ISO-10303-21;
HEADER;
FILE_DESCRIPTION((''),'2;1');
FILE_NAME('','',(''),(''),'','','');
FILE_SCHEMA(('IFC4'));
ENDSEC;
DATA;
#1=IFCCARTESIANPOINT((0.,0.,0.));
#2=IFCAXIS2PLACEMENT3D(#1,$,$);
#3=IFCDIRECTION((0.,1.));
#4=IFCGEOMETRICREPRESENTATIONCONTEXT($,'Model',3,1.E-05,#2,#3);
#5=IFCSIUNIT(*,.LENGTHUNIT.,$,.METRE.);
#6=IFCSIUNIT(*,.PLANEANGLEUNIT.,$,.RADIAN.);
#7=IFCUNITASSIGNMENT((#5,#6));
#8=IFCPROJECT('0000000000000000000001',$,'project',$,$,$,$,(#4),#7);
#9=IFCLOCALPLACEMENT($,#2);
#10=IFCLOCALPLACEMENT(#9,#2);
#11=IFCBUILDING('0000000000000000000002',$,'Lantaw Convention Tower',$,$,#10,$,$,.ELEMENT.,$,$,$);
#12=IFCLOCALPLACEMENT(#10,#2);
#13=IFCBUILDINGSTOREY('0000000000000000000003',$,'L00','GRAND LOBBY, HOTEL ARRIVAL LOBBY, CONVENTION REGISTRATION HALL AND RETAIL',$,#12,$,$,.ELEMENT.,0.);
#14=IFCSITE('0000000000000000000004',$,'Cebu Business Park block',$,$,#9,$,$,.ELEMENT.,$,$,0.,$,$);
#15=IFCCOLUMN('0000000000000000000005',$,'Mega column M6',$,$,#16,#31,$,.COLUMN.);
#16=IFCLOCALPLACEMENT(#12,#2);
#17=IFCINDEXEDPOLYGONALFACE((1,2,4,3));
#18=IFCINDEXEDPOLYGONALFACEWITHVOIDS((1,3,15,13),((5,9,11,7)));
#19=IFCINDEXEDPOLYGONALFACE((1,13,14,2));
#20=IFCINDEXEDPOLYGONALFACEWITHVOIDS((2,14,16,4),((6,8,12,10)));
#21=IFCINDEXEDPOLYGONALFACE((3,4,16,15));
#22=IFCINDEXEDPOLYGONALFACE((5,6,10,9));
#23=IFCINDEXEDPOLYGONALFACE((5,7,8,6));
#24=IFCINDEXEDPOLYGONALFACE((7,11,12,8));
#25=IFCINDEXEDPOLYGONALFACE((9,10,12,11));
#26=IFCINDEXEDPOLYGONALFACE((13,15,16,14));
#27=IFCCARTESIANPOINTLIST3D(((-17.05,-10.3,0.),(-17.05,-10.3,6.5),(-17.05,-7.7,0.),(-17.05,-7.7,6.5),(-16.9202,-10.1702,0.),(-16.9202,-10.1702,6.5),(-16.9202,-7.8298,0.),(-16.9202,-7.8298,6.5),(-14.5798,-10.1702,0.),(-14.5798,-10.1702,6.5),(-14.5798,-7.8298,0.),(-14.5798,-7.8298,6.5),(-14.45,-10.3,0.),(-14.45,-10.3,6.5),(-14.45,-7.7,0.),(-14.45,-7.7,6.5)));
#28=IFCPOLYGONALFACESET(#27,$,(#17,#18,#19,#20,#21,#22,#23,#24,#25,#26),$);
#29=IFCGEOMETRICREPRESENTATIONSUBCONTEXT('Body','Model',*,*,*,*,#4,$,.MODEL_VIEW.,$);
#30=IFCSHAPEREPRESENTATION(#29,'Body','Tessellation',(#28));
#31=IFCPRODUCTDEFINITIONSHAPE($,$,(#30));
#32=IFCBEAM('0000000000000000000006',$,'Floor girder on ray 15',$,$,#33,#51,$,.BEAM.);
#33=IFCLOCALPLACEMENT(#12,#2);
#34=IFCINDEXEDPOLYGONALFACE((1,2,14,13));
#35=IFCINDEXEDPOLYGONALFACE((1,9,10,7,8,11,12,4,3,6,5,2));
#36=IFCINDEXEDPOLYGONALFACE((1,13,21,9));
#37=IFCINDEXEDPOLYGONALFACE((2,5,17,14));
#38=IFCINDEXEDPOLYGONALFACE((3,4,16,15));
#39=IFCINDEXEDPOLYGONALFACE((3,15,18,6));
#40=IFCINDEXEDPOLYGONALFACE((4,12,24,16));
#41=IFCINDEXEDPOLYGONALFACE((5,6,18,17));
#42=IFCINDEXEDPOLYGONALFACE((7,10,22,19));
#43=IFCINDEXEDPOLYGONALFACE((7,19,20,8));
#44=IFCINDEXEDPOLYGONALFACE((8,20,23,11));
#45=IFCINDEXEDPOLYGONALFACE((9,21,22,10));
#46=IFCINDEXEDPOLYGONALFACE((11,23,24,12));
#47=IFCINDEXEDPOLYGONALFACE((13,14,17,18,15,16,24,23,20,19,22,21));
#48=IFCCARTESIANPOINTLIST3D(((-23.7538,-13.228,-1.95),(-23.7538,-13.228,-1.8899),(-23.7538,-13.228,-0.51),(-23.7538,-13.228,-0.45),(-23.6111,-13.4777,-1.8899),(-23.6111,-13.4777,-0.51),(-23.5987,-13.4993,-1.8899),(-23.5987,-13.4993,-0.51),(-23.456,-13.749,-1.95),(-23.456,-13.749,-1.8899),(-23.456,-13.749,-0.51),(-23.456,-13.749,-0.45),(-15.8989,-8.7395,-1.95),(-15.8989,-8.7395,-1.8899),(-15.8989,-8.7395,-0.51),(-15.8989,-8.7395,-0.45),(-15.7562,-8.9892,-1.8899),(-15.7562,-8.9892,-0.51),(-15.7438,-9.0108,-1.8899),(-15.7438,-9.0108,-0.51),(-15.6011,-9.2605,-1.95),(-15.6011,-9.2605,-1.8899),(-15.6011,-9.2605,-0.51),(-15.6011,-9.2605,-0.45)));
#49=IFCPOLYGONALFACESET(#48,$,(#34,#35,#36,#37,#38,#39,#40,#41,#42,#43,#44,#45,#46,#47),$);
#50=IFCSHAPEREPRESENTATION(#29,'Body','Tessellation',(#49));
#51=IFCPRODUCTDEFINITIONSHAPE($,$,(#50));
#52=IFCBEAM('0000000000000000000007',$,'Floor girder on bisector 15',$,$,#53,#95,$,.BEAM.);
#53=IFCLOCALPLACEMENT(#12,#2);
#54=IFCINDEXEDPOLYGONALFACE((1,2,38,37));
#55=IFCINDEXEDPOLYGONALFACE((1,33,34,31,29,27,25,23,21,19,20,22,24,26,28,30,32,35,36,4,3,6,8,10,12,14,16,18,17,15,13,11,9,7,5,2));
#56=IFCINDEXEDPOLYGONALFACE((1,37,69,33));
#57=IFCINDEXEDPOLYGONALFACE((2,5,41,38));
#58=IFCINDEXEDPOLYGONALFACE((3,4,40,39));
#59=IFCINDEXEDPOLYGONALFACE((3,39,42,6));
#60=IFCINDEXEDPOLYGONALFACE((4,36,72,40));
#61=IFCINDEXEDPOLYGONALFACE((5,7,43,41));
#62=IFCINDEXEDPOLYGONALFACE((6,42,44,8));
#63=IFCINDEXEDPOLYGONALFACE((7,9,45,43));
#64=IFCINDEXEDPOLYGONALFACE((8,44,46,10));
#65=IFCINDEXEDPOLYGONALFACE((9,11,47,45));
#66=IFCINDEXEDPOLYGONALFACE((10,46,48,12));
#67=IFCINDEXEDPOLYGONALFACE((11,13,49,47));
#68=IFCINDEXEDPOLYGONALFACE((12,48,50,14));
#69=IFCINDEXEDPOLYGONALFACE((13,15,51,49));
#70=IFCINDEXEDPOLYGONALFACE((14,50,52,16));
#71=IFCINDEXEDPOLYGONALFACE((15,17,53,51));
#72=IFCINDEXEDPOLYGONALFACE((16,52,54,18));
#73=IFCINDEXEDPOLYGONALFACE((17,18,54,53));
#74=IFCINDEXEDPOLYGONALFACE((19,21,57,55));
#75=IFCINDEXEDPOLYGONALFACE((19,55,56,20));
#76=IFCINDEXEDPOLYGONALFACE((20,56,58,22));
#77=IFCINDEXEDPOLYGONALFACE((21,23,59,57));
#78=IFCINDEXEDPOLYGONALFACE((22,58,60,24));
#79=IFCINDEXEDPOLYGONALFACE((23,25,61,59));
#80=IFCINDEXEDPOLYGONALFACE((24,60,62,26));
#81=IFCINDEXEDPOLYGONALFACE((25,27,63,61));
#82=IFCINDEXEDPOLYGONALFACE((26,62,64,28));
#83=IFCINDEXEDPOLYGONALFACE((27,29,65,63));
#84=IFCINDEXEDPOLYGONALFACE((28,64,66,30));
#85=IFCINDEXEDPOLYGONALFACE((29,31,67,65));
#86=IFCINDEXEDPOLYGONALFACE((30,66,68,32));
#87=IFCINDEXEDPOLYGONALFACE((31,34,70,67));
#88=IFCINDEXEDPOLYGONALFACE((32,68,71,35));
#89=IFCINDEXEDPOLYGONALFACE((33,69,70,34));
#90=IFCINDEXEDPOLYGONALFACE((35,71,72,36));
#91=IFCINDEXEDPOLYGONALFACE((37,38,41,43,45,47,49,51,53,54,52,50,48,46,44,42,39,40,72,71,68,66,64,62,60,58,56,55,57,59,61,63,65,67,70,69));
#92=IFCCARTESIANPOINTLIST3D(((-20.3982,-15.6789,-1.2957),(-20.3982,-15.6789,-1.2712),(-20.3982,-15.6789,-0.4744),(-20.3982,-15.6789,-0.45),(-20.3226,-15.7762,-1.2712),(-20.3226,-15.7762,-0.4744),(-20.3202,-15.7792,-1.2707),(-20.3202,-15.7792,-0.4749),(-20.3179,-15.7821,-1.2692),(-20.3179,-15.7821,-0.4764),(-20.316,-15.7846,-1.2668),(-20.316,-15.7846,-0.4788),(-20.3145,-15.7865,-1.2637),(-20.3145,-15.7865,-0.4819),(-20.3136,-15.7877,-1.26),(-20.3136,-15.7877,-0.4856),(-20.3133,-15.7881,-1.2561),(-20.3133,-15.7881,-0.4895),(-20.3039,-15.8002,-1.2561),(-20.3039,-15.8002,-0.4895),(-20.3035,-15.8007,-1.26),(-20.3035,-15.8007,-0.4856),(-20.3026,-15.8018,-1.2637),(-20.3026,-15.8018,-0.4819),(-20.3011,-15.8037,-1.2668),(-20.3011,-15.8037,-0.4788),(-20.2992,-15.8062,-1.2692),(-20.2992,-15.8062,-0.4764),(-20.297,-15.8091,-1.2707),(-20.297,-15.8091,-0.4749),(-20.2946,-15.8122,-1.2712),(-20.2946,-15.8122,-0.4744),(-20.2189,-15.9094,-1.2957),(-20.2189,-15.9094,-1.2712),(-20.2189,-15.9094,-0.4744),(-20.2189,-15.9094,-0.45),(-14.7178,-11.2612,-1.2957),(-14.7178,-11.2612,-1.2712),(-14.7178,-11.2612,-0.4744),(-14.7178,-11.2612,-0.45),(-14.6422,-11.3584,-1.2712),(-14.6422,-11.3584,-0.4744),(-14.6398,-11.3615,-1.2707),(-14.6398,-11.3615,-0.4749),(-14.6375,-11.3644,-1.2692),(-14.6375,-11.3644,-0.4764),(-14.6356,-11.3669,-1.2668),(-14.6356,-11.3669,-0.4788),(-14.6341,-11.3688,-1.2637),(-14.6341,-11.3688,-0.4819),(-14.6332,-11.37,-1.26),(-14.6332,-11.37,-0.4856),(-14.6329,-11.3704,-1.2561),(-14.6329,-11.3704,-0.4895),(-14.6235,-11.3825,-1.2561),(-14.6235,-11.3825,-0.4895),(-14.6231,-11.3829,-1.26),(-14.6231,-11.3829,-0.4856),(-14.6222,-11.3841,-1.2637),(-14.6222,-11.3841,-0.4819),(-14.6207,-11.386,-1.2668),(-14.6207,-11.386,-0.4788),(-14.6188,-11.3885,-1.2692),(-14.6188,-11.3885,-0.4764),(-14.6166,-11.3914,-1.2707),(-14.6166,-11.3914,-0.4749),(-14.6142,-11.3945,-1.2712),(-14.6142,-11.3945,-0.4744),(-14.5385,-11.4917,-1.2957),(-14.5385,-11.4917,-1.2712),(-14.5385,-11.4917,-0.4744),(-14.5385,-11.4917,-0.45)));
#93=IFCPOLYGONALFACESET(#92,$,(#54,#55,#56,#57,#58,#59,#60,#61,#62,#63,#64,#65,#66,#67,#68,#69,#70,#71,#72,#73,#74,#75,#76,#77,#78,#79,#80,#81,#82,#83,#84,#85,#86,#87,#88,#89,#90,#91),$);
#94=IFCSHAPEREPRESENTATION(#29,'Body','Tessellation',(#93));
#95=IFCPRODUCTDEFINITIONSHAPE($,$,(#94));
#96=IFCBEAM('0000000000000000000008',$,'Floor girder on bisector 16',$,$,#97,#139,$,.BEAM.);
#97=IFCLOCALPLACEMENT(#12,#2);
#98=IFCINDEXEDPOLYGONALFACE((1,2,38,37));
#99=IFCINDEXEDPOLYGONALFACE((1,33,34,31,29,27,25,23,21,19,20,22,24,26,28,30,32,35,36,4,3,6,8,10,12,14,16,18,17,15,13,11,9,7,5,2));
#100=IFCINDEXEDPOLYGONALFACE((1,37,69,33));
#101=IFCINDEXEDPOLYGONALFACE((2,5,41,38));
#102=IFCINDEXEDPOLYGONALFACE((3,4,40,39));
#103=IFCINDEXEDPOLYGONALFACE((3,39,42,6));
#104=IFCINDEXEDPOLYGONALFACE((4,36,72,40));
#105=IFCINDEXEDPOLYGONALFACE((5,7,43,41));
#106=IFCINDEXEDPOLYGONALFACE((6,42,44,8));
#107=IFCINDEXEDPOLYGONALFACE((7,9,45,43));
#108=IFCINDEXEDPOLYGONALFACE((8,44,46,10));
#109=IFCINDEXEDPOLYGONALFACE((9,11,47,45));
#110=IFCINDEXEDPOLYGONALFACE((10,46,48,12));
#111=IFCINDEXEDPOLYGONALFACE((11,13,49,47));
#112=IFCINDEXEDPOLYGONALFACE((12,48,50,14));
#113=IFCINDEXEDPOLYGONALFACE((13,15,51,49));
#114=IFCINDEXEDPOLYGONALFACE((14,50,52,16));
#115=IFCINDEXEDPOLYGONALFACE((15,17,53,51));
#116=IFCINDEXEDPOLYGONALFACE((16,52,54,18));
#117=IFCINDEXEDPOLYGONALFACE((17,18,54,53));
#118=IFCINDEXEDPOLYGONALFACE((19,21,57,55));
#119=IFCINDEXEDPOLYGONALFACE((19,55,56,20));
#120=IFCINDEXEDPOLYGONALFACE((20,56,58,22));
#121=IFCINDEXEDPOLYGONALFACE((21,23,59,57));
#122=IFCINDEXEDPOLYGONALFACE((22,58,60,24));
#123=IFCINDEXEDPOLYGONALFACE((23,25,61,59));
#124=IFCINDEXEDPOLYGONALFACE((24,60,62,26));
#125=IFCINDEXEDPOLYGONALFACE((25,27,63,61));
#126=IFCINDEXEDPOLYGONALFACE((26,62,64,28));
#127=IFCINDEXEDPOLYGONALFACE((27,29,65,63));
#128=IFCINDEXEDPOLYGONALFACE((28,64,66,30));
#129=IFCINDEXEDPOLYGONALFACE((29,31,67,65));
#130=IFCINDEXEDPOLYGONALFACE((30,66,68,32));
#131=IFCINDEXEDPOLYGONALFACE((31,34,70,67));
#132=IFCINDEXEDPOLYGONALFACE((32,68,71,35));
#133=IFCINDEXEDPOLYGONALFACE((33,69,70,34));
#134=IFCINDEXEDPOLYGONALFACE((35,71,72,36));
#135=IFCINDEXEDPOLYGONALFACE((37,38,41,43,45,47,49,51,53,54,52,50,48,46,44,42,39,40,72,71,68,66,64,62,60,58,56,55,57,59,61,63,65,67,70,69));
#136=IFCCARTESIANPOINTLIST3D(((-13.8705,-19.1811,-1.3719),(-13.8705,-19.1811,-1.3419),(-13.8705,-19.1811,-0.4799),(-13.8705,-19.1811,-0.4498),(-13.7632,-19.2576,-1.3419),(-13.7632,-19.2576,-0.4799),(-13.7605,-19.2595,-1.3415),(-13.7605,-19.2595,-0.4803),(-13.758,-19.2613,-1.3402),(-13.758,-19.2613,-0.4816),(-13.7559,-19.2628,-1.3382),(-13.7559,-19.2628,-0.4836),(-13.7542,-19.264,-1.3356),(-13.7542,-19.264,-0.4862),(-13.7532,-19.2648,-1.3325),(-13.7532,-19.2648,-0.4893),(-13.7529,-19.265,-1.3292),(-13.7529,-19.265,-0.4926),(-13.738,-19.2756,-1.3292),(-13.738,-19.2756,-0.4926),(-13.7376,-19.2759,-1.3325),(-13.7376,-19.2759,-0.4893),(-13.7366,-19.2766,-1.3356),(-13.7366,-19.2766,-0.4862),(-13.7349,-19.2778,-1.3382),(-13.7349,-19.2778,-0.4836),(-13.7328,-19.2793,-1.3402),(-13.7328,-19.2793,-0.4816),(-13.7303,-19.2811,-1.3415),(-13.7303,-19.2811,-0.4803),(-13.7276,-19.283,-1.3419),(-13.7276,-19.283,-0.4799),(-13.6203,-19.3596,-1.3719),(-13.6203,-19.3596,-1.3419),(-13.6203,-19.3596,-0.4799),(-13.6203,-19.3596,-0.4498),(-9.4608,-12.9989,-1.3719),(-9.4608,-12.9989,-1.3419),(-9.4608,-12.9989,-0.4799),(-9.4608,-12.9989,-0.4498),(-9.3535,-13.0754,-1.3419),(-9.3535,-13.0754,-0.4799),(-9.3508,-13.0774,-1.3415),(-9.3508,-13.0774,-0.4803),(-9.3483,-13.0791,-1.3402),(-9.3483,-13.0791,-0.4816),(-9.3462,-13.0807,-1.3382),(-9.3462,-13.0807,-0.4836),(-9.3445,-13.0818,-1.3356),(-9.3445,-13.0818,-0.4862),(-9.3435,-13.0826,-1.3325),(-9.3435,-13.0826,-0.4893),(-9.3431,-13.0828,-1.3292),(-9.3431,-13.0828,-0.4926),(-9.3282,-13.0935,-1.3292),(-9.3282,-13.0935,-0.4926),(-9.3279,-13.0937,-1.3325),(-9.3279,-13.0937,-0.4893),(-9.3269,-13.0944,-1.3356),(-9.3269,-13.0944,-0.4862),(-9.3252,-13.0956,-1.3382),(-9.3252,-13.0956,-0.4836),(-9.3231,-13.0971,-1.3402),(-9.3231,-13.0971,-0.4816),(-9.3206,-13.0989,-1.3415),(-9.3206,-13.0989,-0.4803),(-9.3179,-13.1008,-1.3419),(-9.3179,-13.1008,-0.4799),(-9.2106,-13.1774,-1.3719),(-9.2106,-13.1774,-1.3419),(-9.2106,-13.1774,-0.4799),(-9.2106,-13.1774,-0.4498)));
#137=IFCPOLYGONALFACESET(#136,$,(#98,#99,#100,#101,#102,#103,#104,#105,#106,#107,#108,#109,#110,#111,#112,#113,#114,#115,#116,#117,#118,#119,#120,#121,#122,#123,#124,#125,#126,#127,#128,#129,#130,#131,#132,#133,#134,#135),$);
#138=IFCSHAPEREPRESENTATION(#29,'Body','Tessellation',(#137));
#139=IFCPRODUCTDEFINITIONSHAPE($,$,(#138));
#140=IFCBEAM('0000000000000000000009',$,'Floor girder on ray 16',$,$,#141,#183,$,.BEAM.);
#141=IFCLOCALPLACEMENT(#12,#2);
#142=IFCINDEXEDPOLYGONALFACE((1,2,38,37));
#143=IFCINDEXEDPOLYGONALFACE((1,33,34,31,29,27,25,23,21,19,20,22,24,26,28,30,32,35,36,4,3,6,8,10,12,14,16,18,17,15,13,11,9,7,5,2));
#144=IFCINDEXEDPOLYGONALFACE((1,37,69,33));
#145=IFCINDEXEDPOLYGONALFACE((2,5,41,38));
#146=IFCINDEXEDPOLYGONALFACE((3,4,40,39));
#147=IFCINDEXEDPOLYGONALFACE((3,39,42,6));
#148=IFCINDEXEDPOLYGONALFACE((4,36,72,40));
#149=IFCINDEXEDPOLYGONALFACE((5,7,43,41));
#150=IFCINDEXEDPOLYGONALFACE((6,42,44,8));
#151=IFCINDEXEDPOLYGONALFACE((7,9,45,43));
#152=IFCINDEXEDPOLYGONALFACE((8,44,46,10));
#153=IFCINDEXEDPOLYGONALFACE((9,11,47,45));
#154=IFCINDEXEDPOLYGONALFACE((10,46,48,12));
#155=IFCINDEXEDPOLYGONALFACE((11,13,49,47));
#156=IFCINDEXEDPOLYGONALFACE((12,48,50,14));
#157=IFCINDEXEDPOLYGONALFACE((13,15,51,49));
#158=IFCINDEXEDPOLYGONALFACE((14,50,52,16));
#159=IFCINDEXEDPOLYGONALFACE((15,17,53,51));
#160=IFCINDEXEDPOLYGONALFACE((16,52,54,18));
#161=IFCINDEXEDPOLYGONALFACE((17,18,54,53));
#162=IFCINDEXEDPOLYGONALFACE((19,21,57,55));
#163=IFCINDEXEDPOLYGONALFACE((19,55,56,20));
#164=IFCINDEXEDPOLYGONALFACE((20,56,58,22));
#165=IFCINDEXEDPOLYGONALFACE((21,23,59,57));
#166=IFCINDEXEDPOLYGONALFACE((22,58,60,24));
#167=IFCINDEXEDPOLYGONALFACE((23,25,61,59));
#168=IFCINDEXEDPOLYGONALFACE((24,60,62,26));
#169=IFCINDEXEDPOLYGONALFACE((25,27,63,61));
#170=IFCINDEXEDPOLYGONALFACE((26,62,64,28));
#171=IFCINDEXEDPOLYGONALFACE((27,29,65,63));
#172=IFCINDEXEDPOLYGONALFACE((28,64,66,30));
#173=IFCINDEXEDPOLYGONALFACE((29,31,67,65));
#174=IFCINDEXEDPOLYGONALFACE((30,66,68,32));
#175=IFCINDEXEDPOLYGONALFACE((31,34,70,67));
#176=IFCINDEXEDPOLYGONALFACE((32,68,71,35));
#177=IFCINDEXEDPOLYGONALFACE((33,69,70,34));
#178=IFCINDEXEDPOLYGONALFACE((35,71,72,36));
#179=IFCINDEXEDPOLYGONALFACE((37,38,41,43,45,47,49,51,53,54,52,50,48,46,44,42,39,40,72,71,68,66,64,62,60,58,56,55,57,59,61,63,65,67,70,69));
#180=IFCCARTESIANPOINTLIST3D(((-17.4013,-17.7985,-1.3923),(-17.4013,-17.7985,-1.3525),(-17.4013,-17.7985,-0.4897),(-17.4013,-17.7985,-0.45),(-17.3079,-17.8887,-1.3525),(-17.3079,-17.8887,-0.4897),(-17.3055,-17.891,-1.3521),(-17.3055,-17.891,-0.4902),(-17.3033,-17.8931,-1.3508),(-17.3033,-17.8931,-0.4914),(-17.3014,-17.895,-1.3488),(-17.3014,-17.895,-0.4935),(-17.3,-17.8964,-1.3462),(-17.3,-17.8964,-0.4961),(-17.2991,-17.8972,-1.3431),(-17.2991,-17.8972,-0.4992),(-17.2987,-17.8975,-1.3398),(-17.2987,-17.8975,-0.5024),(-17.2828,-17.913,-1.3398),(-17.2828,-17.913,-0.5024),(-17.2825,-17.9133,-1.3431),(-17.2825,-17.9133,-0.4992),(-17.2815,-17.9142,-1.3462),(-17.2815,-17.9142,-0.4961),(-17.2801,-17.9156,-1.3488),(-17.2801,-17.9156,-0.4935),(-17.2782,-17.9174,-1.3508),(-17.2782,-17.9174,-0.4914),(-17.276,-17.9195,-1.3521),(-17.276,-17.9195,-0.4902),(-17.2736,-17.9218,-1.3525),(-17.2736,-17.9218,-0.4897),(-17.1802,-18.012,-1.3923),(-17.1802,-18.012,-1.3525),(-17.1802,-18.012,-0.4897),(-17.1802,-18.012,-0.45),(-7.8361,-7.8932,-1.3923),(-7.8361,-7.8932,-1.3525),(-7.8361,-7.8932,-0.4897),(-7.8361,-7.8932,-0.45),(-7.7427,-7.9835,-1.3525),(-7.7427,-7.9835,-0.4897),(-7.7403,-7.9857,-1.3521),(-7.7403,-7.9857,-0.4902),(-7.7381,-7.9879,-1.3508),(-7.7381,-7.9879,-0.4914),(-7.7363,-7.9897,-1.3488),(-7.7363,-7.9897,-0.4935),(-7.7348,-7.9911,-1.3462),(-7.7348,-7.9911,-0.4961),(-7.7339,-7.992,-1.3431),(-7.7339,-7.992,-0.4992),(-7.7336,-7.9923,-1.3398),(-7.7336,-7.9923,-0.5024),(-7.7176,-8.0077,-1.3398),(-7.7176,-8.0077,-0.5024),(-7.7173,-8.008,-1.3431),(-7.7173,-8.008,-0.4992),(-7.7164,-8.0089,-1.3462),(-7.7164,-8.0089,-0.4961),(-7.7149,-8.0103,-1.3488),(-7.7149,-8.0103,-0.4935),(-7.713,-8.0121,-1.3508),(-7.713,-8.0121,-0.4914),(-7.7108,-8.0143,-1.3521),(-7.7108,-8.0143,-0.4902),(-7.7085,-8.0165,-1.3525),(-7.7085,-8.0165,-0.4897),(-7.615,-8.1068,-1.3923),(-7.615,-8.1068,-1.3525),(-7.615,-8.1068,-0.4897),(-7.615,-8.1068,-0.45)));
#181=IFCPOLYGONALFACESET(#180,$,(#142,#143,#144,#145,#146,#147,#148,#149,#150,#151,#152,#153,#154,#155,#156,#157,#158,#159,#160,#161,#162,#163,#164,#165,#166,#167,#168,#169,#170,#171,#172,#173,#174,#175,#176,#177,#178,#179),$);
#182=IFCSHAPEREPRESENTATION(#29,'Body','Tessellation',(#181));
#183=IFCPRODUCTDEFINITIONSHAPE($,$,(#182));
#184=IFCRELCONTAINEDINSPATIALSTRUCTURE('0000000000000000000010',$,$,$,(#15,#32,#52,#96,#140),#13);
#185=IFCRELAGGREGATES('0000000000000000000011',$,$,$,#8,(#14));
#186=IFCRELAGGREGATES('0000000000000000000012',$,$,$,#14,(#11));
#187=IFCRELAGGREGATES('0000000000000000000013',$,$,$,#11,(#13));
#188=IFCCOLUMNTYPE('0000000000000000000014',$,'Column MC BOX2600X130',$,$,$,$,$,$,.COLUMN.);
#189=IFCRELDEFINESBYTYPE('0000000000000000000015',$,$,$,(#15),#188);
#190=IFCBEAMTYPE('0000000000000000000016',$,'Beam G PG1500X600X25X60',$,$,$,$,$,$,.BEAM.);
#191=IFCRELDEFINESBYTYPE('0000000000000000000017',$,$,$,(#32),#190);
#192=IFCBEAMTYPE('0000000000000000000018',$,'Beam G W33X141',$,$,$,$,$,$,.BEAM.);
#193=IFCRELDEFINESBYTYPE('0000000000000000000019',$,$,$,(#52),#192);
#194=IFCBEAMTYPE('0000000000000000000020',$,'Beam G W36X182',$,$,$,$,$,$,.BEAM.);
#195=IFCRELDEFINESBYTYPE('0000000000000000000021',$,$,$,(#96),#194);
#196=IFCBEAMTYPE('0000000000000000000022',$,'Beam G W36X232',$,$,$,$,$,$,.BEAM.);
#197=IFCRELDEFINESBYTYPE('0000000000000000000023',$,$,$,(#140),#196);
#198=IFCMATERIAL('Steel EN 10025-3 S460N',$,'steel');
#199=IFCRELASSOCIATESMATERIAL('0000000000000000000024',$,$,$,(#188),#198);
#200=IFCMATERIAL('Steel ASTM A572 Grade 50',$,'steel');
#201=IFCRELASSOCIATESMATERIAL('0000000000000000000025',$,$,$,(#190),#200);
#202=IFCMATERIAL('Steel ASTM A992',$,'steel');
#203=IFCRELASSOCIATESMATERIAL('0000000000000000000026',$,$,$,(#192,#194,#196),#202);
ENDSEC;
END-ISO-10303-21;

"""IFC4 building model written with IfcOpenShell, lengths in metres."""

from ifc_helpers import new_model, si_unit, direction, frame, origin, origin_2d, place, context, subcontext, project, spatial, rectangle, hollow_rectangle, i_section, extrude, material, material_profile, profile_set, type_object, element, save


model = new_model("IFC4")

# Units and contexts
model_context = context("Model", 3, precision=1e-05, world=origin(), true_north=direction((0.0, 1.0)))
body_context = subcontext(model_context, "Body", "Model", "MODEL_VIEW")
ifc_project = project(units=[si_unit("LENGTHUNIT", "METRE"), si_unit("PLANEANGLEUNIT", "RADIAN")], contexts=[model_context])

# Site, building, storey
site_placement = place(None, origin())
site = spatial("IfcSite", under=ifc_project, at=site_placement, Name="Cebu Business Park block", CompositionType="ELEMENT", RefElevation=0.0)
building_placement = place(site_placement, origin())
building = spatial("IfcBuilding", under=site, at=building_placement, Name="Lantaw Convention Tower", CompositionType="ELEMENT")
storey_placement = place(building_placement, origin())
storey = spatial("IfcBuildingStorey", under=building, at=storey_placement, Name="L00", Description="GRAND LOBBY, HOTEL ARRIVAL LOBBY, CONVENTION REGISTRATION HALL AND RETAIL", CompositionType="ELEMENT", Elevation=0.0)

# Column
ifc_material_1 = material(Name="Steel EN 10025-3 S460N", Category="steel")
ifc_material_profile_1 = material_profile(ifc_material_1, hollow_rectangle(XDim=2.6001, YDim=2.6001, WallThickness=0.1299, at=origin_2d()), Name="BOX2600X130")
ifc_material_2 = material(Name="Concrete C60/75", Category="concrete")
ifc_material_profile_2 = material_profile(ifc_material_2, rectangle(XDim=2.3401, YDim=2.3401, at=origin_2d()), Name="Concrete fill of BOX2600X130")
ifc_profile_set_1 = profile_set([ifc_material_profile_1, ifc_material_profile_2], Name="Steel EN 10025-3 S460N")
column_type = type_object("IfcColumnType", Name="Column MC BOX2600X130", PredefinedType="COLUMN", material=ifc_profile_set_1)
column_placement = place(storey_placement, frame((-15.75, -9.0, 0.0), z_axis=(0.0, 0.0, 1.0), x_axis=(1.0, 0.0, 0.0)))
element("IfcColumn", 1, at=column_placement, inside=storey, type_object=column_type, Name="Mega column M6", PredefinedType="COLUMN", context=body_context, shape_type="SweptSolid", body=[
    extrude(hollow_rectangle(XDim=2.6001, YDim=2.6001, WallThickness=0.1299, at=origin_2d()), origin(), (0.0, 0.0, 1.0), 6.5),
])

# Beams
ifc_material_3 = material(Name="Steel ASTM A572 Grade 50", Category="steel")
ifc_material_profile_3 = material_profile(ifc_material_3, i_section(OverallWidth=0.6001, OverallDepth=1.5, WebThickness=0.0249, FlangeThickness=0.0601, at=origin_2d()), Name="PG1500X600X25X60")
ifc_profile_set_2 = profile_set([ifc_material_profile_3], Name="Steel ASTM A572 Grade 50")
beam_type_1 = type_object("IfcBeamType", Name="Beam G PG1500X600X25X60", PredefinedType="BEAM", material=ifc_profile_set_2)
beam_1_placement = place(storey_placement, frame((-15.75, -9.0, -1.2), z_axis=(-0.868245, -0.496136, 0.0), x_axis=(0.496136, -0.868245, 0.0)))
element("IfcBeam", 2, at=beam_1_placement, inside=storey, type_object=beam_type_1, Name="Floor girder on ray 15", PredefinedType="BEAM", context=body_context, shape_type="SweptSolid", body=[
    extrude(i_section(OverallWidth=0.6001, OverallDepth=1.5, WebThickness=0.0249, FlangeThickness=0.0601, at=origin_2d()), origin(), (0.0, 0.0, 1.0), 9.0469),
])
ifc_material_4 = material(Name="Steel ASTM A992", Category="steel")
ifc_material_profile_4 = material_profile(ifc_material_4, i_section(OverallWidth=0.292, OverallDepth=0.8457, WebThickness=0.0154, FlangeThickness=0.0244, FilletRadius=0.0151, at=origin_2d()), Name="W33X141")
ifc_profile_set_3 = profile_set([ifc_material_profile_4], Name="Steel ASTM A992")
beam_type_2 = type_object("IfcBeamType", Name="Beam G W33X141", PredefinedType="BEAM", material=ifc_profile_set_3)
beam_2_placement = place(storey_placement, frame((-14.6282, -11.3765, -0.8728), z_axis=(-0.789378, -0.613908, 0.0), x_axis=(0.613908, -0.789378, 0.0)))
element("IfcBeam", 3, at=beam_2_placement, inside=storey, type_object=beam_type_2, Name="Floor girder on bisector 15", PredefinedType="BEAM", context=body_context, shape_type="SweptSolid", body=[
    extrude(i_section(OverallWidth=0.292, OverallDepth=0.8457, WebThickness=0.0154, FlangeThickness=0.0244, FilletRadius=0.0151, at=origin_2d()), origin(), (0.0, 0.0, 1.0), 7.196),
])
ifc_material_profile_5 = material_profile(ifc_material_4, i_section(OverallWidth=0.3074, OverallDepth=0.9221, WebThickness=0.0183, FlangeThickness=0.03, FilletRadius=0.0127, at=origin_2d()), Name="W36X182")
ifc_profile_set_4 = profile_set([ifc_material_profile_5], Name="Steel ASTM A992")
beam_type_3 = type_object("IfcBeamType", Name="Beam G W36X182", PredefinedType="BEAM", material=ifc_profile_set_4)
beam_3_placement = place(storey_placement, frame((-9.3357, -13.0881, -0.9109), z_axis=(-0.580703, -0.814116, 0.0), x_axis=(0.814116, -0.580703, 0.0)))
element("IfcBeam", 4, at=beam_3_placement, inside=storey, type_object=beam_type_3, Name="Floor girder on bisector 16", PredefinedType="BEAM", context=body_context, shape_type="SweptSolid", body=[
    extrude(i_section(OverallWidth=0.3074, OverallDepth=0.9221, WebThickness=0.0183, FlangeThickness=0.03, FilletRadius=0.0127, at=origin_2d()), origin(), (0.0, 0.0, 1.0), 7.5938),
])
ifc_material_profile_6 = material_profile(ifc_material_4, i_section(OverallWidth=0.3074, OverallDepth=0.9424, WebThickness=0.0222, FlangeThickness=0.0398, FilletRadius=0.0127, at=origin_2d()), Name="W36X232")
ifc_profile_set_5 = profile_set([ifc_material_profile_6], Name="Steel ASTM A992")
beam_type_4 = type_object("IfcBeamType", Name="Beam G W36X232", PredefinedType="BEAM", material=ifc_profile_set_5)
beam_4_placement = place(storey_placement, frame((-7.7256, -8.0, -0.9211), z_axis=(-0.69465, -0.719348, 0.0), x_axis=(0.719348, -0.69465, 0.0)))
element("IfcBeam", 5, at=beam_4_placement, inside=storey, type_object=beam_type_4, Name="Floor girder on ray 16", PredefinedType="BEAM", context=body_context, shape_type="SweptSolid", body=[
    extrude(i_section(OverallWidth=0.3074, OverallDepth=0.9424, WebThickness=0.0222, FlangeThickness=0.0398, FilletRadius=0.0127, at=origin_2d()), origin(), (0.0, 0.0, 1.0), 13.7698),
])

save(model, "model.ifc")
